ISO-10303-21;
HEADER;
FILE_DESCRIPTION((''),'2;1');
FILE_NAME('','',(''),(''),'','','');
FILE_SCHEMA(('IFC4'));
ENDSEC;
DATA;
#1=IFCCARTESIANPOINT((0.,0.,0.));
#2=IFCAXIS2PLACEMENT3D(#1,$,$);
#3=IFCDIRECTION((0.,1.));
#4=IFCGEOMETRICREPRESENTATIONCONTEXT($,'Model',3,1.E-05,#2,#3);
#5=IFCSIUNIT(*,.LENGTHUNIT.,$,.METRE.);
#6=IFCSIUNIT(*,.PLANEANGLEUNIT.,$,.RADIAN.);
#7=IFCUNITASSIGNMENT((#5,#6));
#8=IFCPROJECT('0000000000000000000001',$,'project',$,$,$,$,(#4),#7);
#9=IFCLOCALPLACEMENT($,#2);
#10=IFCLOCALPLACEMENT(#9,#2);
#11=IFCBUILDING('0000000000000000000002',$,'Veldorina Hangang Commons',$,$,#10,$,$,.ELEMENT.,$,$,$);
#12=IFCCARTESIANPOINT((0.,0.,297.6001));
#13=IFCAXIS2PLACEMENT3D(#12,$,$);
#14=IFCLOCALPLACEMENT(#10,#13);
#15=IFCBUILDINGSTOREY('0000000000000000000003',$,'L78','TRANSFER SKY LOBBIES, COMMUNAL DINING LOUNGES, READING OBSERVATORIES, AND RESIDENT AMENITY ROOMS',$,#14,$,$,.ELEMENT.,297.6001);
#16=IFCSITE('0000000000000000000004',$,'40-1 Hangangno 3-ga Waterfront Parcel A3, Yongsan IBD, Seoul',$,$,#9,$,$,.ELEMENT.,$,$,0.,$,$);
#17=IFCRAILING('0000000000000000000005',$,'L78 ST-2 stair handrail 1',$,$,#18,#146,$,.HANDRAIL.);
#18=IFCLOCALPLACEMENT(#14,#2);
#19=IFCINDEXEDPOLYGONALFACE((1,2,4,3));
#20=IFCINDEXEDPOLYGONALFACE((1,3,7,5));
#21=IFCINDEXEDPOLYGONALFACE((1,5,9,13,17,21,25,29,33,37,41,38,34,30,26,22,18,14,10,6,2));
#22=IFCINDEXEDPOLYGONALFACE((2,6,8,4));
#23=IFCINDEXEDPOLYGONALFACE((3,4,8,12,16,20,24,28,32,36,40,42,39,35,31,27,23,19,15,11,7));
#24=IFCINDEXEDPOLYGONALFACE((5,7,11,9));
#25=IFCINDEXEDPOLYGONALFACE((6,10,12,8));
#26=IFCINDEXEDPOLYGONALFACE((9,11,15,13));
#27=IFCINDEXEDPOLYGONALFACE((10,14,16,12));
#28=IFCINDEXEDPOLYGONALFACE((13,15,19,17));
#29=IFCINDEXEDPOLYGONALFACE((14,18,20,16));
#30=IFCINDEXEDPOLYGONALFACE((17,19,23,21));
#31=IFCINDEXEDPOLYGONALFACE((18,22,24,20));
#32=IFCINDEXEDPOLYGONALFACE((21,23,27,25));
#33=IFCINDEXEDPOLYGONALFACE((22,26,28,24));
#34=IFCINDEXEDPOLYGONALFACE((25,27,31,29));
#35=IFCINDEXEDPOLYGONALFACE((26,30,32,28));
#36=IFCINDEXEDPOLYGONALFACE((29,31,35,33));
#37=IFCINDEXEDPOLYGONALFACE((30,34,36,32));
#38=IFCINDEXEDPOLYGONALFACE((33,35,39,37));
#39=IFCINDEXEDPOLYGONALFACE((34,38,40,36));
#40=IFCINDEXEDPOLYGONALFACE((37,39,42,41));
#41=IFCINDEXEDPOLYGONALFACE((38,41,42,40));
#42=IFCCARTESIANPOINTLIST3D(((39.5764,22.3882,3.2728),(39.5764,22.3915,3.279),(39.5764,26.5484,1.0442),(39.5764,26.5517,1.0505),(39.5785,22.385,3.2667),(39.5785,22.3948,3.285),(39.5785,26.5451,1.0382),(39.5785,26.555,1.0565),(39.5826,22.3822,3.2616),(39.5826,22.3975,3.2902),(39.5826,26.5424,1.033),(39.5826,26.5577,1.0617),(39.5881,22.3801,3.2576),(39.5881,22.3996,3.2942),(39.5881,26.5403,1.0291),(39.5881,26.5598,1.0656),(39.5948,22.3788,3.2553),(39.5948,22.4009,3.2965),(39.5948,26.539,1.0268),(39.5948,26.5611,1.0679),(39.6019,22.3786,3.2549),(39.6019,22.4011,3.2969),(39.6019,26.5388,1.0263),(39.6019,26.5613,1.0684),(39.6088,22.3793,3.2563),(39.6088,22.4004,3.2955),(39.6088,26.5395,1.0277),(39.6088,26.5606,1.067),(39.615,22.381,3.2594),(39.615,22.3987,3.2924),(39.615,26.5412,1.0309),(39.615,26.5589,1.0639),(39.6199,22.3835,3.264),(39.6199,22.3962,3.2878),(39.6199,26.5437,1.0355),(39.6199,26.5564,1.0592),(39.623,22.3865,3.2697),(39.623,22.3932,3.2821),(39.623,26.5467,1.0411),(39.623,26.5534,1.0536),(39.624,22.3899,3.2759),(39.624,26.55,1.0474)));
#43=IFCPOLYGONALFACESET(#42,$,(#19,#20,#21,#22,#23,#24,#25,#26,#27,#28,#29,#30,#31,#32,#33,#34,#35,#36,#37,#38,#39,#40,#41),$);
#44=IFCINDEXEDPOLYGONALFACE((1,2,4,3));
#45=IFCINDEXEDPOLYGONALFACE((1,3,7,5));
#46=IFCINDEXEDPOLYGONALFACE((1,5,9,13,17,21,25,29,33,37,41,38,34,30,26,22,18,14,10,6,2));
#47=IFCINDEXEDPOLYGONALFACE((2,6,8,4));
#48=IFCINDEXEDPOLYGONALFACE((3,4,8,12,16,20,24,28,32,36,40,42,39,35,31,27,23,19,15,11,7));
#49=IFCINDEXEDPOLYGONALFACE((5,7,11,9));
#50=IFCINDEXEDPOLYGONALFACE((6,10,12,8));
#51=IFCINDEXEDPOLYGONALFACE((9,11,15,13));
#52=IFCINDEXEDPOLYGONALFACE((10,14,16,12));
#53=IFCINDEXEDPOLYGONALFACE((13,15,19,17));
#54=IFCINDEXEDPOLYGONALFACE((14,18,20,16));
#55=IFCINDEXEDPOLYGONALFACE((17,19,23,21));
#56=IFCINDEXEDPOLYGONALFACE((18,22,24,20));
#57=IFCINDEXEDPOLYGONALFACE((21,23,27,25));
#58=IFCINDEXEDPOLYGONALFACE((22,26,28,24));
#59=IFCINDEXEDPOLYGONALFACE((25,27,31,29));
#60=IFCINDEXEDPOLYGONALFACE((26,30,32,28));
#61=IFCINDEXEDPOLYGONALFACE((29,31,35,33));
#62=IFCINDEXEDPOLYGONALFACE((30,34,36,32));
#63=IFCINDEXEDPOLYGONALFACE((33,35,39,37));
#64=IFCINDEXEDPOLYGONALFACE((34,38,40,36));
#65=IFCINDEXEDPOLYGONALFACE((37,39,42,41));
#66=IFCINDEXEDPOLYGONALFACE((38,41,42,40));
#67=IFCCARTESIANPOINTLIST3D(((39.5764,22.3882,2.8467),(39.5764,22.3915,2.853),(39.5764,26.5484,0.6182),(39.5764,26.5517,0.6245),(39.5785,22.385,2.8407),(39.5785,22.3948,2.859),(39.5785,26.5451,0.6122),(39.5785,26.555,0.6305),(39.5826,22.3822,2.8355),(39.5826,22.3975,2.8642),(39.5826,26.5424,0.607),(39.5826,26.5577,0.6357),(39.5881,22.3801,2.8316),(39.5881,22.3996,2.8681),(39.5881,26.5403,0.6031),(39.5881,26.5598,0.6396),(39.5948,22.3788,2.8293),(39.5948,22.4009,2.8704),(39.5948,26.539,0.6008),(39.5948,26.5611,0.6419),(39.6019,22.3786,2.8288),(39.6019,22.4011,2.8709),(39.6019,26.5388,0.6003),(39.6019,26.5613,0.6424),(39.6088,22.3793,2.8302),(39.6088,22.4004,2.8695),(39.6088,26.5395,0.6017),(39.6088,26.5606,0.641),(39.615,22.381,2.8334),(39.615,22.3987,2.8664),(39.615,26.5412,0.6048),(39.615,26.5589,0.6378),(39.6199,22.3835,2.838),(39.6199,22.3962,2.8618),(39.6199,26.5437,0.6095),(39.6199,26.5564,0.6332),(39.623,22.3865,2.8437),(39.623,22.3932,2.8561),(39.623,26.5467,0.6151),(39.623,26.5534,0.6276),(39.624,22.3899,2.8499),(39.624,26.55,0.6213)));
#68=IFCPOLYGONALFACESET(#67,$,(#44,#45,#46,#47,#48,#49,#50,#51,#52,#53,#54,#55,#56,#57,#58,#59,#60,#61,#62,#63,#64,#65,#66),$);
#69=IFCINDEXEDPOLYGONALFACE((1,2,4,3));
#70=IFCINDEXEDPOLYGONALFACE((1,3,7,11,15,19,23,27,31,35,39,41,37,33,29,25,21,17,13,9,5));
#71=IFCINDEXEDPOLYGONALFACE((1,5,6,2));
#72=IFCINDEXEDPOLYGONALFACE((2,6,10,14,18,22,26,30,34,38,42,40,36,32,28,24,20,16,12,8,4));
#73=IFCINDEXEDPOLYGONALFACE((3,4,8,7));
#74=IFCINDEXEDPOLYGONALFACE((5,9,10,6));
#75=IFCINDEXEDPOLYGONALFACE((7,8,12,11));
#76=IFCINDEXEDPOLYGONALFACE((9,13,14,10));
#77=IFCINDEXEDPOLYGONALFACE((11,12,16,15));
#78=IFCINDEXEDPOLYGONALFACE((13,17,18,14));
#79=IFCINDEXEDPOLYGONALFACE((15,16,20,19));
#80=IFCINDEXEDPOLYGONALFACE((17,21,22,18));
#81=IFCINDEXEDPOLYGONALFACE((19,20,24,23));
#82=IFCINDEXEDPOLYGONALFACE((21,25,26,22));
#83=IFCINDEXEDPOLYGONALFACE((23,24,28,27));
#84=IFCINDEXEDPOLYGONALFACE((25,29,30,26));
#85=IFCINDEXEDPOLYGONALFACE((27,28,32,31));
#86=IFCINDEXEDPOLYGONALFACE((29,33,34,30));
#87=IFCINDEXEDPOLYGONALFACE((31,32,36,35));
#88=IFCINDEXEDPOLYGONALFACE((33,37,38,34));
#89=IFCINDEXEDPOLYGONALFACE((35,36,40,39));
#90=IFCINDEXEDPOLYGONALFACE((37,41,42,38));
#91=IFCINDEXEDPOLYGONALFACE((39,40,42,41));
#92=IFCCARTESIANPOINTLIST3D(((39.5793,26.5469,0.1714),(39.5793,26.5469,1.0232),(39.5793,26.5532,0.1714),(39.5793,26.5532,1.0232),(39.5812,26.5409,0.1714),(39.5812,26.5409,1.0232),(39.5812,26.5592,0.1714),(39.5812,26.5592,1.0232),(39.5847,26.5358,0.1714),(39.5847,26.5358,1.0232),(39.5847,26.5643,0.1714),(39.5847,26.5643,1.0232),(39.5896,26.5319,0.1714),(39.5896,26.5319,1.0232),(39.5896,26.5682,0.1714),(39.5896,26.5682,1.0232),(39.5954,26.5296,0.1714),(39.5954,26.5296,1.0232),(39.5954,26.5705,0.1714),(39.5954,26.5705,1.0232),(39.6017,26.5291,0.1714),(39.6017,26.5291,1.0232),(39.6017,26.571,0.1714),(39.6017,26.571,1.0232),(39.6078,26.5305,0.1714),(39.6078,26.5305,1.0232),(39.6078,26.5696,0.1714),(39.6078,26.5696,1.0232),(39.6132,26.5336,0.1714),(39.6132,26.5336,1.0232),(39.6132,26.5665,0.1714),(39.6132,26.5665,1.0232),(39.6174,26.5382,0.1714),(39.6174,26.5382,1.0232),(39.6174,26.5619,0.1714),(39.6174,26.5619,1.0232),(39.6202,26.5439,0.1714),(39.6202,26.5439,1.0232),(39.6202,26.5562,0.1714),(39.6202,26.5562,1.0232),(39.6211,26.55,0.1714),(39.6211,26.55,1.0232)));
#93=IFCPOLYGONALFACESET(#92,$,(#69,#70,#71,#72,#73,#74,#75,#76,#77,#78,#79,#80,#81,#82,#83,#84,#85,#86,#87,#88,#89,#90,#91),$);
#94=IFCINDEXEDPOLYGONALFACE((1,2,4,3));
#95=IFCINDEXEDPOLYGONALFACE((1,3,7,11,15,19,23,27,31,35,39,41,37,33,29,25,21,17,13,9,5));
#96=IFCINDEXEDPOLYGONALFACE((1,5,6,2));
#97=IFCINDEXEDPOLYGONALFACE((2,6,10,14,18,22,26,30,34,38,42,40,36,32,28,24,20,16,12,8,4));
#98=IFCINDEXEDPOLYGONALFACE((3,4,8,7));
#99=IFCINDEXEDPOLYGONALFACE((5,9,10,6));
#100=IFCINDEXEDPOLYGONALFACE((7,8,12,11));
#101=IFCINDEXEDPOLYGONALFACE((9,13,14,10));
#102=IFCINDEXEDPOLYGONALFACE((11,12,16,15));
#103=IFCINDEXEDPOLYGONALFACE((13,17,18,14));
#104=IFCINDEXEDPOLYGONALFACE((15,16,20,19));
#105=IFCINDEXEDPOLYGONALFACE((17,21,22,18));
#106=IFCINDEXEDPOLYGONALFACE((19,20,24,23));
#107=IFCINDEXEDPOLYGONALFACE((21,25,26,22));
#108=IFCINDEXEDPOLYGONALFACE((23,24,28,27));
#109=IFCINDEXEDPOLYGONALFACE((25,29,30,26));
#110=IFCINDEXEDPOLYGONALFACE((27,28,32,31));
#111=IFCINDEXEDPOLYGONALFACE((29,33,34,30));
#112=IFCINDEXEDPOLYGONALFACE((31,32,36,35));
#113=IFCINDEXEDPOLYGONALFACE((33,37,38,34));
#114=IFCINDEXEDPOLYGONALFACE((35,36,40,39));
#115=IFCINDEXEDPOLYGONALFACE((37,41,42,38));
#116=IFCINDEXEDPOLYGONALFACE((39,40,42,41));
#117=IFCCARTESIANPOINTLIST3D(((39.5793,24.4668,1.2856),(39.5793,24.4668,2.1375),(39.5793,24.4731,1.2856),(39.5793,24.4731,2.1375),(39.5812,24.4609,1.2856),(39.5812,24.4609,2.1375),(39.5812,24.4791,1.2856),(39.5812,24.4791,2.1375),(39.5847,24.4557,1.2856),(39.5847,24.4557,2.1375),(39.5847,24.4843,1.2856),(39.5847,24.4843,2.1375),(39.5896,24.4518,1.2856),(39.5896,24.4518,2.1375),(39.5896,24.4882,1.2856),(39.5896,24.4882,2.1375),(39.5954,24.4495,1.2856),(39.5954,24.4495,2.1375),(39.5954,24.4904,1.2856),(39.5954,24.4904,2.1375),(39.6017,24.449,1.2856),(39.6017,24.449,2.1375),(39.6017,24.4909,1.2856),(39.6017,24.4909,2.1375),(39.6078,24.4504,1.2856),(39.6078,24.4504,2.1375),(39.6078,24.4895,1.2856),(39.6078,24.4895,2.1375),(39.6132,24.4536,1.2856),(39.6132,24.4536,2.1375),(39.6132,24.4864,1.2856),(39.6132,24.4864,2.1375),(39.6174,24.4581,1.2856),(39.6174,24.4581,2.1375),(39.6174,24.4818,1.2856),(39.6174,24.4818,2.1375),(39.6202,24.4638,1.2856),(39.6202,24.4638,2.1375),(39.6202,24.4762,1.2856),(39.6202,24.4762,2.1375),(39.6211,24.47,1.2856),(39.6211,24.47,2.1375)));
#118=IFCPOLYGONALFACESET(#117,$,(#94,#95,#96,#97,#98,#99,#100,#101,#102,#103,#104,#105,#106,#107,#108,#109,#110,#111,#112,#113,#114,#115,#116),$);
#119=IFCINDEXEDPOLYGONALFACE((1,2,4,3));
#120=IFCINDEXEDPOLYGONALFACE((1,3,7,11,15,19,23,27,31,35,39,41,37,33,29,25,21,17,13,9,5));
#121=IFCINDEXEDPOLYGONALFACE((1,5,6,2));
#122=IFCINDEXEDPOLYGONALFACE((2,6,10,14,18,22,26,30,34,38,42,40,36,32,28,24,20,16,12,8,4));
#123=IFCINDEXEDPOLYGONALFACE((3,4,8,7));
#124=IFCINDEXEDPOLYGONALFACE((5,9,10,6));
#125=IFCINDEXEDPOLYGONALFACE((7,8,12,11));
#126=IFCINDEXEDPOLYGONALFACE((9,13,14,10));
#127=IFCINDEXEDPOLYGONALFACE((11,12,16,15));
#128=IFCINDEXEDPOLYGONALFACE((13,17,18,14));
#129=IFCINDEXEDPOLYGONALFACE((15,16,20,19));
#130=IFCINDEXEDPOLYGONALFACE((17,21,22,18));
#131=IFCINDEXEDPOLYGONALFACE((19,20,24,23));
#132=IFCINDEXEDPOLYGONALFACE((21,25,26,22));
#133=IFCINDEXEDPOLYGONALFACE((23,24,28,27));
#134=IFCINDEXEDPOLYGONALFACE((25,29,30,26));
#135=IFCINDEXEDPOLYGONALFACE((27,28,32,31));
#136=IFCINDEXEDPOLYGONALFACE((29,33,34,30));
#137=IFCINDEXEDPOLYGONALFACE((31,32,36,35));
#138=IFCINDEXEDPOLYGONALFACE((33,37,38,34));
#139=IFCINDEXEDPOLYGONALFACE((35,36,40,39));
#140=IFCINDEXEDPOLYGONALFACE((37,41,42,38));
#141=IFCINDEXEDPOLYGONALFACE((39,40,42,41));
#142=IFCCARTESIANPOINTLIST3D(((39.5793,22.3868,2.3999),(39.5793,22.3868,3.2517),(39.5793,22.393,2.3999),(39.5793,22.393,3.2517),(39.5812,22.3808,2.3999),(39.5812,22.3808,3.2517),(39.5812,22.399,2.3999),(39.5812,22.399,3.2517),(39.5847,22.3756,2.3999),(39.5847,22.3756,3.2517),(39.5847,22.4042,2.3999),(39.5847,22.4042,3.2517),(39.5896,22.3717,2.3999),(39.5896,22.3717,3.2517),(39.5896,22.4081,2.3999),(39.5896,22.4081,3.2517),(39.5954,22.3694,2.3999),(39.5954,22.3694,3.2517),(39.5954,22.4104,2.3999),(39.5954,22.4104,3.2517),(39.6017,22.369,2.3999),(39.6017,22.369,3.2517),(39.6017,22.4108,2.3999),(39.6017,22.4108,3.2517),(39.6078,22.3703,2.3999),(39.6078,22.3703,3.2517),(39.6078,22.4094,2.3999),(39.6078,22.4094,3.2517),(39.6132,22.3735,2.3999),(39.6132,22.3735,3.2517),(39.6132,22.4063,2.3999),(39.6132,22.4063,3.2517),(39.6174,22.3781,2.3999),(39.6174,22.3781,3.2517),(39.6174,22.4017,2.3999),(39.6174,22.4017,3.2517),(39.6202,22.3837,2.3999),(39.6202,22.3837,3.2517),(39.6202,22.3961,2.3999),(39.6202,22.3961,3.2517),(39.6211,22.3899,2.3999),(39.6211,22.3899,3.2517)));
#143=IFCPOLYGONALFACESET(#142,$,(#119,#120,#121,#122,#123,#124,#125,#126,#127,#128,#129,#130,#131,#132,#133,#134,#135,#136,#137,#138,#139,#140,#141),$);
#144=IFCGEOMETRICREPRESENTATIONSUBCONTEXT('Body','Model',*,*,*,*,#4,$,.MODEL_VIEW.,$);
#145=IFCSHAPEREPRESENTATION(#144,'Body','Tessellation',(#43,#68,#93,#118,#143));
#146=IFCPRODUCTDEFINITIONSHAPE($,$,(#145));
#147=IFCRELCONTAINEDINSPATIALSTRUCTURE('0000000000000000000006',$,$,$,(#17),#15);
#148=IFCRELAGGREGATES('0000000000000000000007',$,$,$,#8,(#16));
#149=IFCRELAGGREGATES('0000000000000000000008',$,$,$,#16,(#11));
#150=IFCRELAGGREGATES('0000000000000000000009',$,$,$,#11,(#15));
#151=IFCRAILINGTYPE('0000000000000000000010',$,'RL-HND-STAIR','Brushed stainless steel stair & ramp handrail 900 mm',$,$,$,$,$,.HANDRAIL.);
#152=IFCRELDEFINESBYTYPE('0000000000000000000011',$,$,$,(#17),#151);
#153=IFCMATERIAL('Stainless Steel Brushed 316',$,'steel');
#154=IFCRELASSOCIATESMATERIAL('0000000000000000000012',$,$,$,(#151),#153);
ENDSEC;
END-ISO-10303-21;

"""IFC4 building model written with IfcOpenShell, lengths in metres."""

from ifc_helpers import new_model, si_unit, direction, frame, origin, origin_2d, place, context, subcontext, project, spatial, circle, extrude, material, type_object, element, save


model = new_model("IFC4")

# Units and contexts
model_context = context("Model", 3, precision=1e-05, world=origin(), true_north=direction((0.0, 1.0)))
body_context = subcontext(model_context, "Body", "Model", "MODEL_VIEW")
ifc_project = project(units=[si_unit("LENGTHUNIT", "METRE"), si_unit("PLANEANGLEUNIT", "RADIAN")], contexts=[model_context])

# Site, building, storey
site_placement = place(None, origin())
site = spatial("IfcSite", under=ifc_project, at=site_placement, Name="40-1 Hangangno 3-ga Waterfront Parcel A3, Yongsan IBD, Seoul", CompositionType="ELEMENT", RefElevation=0.0)
building_placement = place(site_placement, origin())
building = spatial("IfcBuilding", under=site, at=building_placement, Name="Veldorina Hangang Commons", CompositionType="ELEMENT")
storey_placement = place(building_placement, frame((0.0, 0.0, 297.6001)))
storey = spatial("IfcBuildingStorey", under=building, at=storey_placement, Name="L78", Description="TRANSFER SKY LOBBIES, COMMUNAL DINING LOUNGES, READING OBSERVATORIES, AND RESIDENT AMENITY ROOMS", CompositionType="ELEMENT", Elevation=297.6001)

# Railing
ifc_material_1 = material(Name="Stainless Steel Brushed 316", Category="steel")
railing_type_1 = type_object("IfcRailingType", Name="RL-HND-STAIR", Description="Brushed stainless steel stair & ramp handrail 900 mm", PredefinedType="HANDRAIL", material=ifc_material_1)
railing_1_placement = place(storey_placement, frame((39.6001, 26.55, 0.1714)))
element("IfcRailing", 1, at=railing_1_placement, inside=storey, type_object=railing_type_1, Name="L78 ST-2 stair handrail 1", PredefinedType="HANDRAIL", context=body_context, shape_type="SweptSolid", body=[
    extrude(circle(Radius=0.0239, at=origin_2d()), frame((0.0, 0.0, 0.876), z_axis=(0.0, -0.881492, 0.472198), x_axis=(1.0, 0.0, 0.0)), (0.0, 0.0, 1.0), 4.7195),
    extrude(circle(Radius=0.0239, at=origin_2d()), frame((0.0, 0.0, 0.45), z_axis=(0.0, -0.881492, 0.472198), x_axis=(1.0, 0.0, 0.0)), (0.0, 0.0, 1.0), 4.7195),
    extrude(circle(Radius=0.021, at=origin_2d()), origin(), (0.0, 0.0, 1.0), 0.8518),
    extrude(circle(Radius=0.021, at=origin_2d()), frame((0.0, -2.0801, 1.1143)), (0.0, 0.0, 1.0), 0.8518),
    extrude(circle(Radius=0.021, at=origin_2d()), frame((0.0, -4.1602, 2.2285)), (0.0, 0.0, 1.0), 0.8518),
])

save(model, "model.ifc")
